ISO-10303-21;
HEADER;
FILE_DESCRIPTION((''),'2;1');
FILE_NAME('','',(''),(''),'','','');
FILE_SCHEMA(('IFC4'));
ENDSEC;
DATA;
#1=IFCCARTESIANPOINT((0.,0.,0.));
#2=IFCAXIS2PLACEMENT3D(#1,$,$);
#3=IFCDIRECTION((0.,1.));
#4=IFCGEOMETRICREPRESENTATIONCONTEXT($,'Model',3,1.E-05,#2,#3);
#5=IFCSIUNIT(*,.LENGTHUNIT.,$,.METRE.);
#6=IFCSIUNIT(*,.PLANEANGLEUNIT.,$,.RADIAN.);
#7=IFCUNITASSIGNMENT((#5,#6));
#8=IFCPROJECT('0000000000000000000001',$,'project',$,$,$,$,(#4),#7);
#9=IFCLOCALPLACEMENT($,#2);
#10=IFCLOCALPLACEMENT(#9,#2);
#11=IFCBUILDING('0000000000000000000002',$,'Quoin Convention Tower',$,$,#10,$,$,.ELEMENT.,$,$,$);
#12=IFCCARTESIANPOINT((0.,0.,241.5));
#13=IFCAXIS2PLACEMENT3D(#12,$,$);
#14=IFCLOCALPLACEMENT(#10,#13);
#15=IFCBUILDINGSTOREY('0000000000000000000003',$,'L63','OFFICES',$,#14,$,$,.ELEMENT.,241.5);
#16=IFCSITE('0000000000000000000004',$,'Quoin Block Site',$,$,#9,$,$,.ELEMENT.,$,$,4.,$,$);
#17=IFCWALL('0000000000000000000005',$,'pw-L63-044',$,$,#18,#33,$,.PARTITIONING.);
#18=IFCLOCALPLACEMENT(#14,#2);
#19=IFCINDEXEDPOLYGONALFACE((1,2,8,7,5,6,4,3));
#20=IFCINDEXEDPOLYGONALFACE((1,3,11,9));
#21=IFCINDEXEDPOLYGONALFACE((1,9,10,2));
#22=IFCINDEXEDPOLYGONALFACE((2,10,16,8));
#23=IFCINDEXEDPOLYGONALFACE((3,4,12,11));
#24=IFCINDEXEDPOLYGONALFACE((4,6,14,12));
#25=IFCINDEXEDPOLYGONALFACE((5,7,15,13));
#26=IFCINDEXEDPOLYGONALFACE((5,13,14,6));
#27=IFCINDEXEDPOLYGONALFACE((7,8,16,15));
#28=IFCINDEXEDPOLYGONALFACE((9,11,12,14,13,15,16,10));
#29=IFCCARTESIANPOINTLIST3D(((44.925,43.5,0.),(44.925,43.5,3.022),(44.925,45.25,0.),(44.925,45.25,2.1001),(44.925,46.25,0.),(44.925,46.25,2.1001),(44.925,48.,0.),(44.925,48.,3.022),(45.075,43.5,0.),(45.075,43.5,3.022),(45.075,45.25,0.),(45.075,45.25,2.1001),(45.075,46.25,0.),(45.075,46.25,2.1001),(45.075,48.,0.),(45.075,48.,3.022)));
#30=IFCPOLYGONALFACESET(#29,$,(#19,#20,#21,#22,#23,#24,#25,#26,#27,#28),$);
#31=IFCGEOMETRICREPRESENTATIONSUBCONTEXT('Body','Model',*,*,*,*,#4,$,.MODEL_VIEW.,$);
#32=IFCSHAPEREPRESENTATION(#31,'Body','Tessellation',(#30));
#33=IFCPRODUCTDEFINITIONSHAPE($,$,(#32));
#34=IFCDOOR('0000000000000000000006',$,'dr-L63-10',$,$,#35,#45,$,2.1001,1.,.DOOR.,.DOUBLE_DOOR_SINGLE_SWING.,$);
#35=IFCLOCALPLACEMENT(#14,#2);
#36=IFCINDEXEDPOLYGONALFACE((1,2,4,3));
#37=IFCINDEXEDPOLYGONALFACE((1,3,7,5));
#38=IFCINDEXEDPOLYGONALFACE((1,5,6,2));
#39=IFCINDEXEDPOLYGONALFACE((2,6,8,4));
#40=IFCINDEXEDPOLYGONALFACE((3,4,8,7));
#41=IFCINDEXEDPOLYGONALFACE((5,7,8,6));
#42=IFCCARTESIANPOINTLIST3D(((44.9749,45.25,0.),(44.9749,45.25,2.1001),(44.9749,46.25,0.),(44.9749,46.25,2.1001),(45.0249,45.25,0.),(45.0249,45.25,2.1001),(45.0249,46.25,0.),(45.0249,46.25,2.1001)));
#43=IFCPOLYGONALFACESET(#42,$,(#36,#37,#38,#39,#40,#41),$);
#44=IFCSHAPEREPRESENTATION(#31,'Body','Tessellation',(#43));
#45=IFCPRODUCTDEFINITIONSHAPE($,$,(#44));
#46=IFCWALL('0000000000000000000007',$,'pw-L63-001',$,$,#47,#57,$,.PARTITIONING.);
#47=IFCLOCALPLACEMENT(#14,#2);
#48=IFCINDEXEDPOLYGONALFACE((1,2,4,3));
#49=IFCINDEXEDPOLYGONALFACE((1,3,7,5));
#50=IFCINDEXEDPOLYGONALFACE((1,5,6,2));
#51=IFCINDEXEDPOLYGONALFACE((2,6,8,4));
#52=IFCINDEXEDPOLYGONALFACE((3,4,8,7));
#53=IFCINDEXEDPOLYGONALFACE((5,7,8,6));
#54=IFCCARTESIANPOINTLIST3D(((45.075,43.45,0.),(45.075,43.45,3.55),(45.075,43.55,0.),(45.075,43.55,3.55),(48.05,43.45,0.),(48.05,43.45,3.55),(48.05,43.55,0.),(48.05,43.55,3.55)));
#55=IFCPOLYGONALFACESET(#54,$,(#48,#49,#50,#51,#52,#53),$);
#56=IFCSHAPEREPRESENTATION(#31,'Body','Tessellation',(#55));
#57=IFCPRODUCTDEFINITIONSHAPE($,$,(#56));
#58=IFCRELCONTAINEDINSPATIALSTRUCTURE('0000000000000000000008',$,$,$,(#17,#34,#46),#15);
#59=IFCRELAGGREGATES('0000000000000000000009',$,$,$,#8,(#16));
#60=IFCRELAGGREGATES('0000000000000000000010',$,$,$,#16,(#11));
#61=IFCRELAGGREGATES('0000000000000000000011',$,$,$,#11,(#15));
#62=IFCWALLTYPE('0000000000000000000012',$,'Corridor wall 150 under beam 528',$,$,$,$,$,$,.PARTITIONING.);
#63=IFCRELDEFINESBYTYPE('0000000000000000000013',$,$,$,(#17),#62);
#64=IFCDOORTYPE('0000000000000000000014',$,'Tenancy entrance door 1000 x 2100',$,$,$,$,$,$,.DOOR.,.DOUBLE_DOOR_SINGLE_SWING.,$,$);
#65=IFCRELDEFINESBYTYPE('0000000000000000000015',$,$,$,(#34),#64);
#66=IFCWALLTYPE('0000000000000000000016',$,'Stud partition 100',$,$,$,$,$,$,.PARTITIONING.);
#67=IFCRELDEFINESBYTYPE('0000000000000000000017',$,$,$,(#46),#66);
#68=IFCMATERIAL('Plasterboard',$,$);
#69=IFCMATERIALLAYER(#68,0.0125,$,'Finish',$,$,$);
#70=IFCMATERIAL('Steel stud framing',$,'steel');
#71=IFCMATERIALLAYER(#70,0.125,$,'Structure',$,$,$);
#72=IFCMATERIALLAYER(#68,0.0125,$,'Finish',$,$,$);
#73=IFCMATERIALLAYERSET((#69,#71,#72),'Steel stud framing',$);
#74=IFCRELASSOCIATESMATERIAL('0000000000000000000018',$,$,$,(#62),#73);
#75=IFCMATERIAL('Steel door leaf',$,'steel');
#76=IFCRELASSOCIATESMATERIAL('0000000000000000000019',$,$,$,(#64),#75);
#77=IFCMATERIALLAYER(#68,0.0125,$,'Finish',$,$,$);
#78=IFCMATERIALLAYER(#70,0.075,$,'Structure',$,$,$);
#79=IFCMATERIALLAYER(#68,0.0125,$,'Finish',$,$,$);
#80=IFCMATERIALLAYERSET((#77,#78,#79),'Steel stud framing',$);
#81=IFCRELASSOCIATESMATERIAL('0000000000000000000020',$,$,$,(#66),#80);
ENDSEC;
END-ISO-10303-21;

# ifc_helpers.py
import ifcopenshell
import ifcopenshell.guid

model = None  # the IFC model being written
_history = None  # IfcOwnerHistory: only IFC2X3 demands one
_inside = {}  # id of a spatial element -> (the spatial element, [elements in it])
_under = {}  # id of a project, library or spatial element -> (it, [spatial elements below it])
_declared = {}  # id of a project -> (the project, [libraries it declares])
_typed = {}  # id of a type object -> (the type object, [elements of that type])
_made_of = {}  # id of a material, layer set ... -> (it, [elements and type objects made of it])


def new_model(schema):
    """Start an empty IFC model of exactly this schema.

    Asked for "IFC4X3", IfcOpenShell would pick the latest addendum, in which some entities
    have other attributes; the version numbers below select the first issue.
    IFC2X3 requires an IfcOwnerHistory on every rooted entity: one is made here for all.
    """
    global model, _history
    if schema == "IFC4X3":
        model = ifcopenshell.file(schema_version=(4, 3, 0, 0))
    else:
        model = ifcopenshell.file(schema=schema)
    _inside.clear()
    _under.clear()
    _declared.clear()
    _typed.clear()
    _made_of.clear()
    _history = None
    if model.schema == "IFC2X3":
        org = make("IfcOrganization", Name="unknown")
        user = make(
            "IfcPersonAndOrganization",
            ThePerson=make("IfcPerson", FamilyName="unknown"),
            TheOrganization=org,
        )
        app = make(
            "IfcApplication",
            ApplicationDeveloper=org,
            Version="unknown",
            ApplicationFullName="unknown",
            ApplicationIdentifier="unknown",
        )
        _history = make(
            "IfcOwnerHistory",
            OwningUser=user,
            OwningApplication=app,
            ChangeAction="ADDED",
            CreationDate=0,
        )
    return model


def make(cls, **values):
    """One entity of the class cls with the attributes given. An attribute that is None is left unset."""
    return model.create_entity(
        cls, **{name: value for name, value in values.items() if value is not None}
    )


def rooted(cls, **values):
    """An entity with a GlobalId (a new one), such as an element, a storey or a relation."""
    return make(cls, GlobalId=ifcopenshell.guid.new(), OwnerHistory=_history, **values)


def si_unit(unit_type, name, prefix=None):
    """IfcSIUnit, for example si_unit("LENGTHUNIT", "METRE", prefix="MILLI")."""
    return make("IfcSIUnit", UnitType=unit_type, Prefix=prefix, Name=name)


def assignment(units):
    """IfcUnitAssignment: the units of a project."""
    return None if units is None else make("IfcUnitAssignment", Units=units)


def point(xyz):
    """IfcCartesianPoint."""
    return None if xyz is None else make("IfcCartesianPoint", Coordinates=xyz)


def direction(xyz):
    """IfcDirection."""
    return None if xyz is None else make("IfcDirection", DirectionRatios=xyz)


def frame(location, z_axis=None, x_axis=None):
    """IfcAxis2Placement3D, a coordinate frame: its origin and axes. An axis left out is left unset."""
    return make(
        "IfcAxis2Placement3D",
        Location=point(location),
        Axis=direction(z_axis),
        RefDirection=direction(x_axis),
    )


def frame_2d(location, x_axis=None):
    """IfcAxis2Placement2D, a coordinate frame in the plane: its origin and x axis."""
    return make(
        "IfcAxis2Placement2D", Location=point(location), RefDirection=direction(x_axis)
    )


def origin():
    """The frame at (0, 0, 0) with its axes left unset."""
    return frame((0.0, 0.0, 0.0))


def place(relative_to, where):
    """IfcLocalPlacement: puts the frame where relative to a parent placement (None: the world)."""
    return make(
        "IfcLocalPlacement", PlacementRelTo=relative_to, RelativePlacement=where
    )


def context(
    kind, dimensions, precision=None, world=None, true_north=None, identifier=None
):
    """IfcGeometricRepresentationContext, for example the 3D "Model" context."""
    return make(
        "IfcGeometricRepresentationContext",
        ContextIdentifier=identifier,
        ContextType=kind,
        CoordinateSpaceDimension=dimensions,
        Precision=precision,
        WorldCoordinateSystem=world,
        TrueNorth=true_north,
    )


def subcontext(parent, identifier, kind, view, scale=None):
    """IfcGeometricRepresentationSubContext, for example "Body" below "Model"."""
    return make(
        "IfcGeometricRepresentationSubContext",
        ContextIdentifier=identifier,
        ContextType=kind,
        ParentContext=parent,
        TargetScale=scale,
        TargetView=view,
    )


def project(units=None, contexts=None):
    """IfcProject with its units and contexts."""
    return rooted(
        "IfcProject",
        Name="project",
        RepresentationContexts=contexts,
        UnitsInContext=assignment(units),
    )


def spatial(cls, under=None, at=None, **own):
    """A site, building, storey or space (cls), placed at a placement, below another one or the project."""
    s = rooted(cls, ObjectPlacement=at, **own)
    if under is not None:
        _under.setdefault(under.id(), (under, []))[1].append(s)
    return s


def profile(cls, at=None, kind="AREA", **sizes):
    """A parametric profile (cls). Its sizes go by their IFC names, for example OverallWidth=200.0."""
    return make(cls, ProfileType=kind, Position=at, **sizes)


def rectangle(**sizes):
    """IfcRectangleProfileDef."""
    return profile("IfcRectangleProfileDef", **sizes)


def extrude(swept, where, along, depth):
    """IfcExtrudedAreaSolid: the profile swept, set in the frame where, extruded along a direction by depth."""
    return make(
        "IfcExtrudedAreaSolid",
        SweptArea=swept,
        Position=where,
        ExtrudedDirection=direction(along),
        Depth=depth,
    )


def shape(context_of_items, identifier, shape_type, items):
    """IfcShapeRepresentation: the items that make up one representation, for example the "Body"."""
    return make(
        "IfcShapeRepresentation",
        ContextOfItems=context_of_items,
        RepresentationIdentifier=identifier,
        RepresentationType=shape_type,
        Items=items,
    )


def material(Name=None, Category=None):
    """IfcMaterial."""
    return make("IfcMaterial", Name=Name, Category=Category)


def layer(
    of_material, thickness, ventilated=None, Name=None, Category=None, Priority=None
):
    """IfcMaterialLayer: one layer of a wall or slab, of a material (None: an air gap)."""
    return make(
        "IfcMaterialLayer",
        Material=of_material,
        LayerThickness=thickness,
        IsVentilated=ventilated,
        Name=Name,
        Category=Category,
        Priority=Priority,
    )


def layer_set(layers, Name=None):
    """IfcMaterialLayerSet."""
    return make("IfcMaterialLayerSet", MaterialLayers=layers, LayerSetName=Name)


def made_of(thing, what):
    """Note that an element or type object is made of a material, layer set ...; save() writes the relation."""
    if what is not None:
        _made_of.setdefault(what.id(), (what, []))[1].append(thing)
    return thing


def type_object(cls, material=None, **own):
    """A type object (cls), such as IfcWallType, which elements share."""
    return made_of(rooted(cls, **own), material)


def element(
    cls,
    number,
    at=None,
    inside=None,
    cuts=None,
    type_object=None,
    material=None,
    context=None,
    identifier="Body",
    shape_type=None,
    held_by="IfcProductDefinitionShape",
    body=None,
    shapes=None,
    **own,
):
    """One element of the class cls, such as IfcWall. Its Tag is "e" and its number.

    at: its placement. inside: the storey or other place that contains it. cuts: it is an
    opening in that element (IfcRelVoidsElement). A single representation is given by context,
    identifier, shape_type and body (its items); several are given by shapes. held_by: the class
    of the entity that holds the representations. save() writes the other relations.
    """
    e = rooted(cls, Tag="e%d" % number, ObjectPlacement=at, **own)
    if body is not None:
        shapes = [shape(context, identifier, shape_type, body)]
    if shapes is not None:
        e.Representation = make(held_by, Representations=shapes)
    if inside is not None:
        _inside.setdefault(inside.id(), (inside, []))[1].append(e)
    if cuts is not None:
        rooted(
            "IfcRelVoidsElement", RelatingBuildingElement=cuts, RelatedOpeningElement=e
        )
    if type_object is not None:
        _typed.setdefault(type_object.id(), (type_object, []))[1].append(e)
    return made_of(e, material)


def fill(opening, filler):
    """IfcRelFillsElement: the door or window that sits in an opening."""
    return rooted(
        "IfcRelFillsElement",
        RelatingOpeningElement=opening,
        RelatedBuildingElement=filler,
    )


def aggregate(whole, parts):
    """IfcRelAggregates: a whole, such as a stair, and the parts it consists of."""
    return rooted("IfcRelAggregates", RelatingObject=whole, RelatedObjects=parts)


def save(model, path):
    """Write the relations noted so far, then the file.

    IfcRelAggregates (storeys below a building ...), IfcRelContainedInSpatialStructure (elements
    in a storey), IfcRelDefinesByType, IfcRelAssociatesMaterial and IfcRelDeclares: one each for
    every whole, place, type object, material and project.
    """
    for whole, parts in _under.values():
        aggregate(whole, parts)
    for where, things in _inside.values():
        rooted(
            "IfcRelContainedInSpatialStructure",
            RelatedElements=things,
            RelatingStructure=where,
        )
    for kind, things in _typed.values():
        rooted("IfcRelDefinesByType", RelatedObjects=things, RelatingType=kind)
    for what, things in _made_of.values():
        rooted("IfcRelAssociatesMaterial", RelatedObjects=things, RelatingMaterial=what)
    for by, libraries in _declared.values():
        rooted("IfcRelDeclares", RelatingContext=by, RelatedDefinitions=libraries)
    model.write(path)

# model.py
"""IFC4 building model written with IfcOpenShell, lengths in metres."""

from ifc_helpers import new_model, si_unit, direction, frame, frame_2d, origin, place, context, subcontext, project, spatial, rectangle, extrude, material, layer, layer_set, type_object, element, fill, save


model = new_model("IFC4")

# Units and contexts
model_context = context("Model", 3, precision=1e-05, world=origin(), true_north=direction((0.0, 1.0)))
body_context = subcontext(model_context, "Body", "Model", "MODEL_VIEW")
ifc_project = project(units=[si_unit("LENGTHUNIT", "METRE"), si_unit("PLANEANGLEUNIT", "RADIAN")], contexts=[model_context])

# Site, building, storey
site_placement = place(None, origin())
site = spatial("IfcSite", under=ifc_project, at=site_placement, Name="Quoin Block Site", CompositionType="ELEMENT", RefElevation=4.0)
building_placement = place(site_placement, origin())
building = spatial("IfcBuilding", under=site, at=building_placement, Name="Quoin Convention Tower", CompositionType="ELEMENT")
storey_placement = place(building_placement, frame((0.0, 0.0, 241.5)))
storey = spatial("IfcBuildingStorey", under=building, at=storey_placement, Name="L63", Description="OFFICES", CompositionType="ELEMENT", Elevation=241.5)

# Shared definitions
ifc_material_1 = material(Name="Plasterboard")
ifc_material_2 = material(Name="Steel stud framing", Category="steel")
ifc_layer_1 = layer(ifc_material_1, 0.0125, Name="Finish")
ifc_layer_2 = layer(ifc_material_2, 0.125, Name="Structure")
ifc_layer_3 = layer(ifc_material_1, 0.0125, Name="Finish")
ifc_layer_set_1 = layer_set([ifc_layer_1, ifc_layer_2, ifc_layer_3], Name="Steel stud framing")
wall_type_1 = type_object("IfcWallType", Name="Corridor wall 150 under beam 528", PredefinedType="PARTITIONING", material=ifc_layer_set_1)

# Wall, opening, door
wall_1_placement = place(storey_placement, frame((45.0, 43.5, 0.0), z_axis=(0.0, 0.0, 1.0), x_axis=(0.0, 1.0, 0.0)))
wall_1 = element("IfcWall", 1, at=wall_1_placement, inside=storey, type_object=wall_type_1, Name="pw-L63-044", PredefinedType="PARTITIONING", context=body_context, shape_type="SweptSolid", body=[
    extrude(rectangle(XDim=4.5, YDim=0.1499, at=frame_2d((2.25, 0.0))), origin(), (0.0, 0.0, 1.0), 3.022),
])
opening_placement = place(wall_1_placement, frame((1.75, 0.0, 0.0)))
opening = element("IfcOpeningElement", 2, at=opening_placement, cuts=wall_1, PredefinedType="OPENING", context=body_context, shape_type="SweptSolid", body=[
    extrude(rectangle(XDim=1.0, YDim=2.1001, at=frame_2d((0.5, 1.05))), frame((0.0, 0.085, 0.0), z_axis=(0.0, -1.0, 0.0), x_axis=(1.0, 0.0, 0.0)), (0.0, 0.0, 1.0), 0.1699),
])
ifc_material_3 = material(Name="Steel door leaf", Category="steel")
door_type = type_object("IfcDoorType", Name="Tenancy entrance door 1000 x 2100", OperationType="DOUBLE_DOOR_SINGLE_SWING", PredefinedType="DOOR", material=ifc_material_3)
door_placement = place(opening_placement, frame((1.0, 0.0, 0.0), z_axis=(0.0, 0.0, 1.0), x_axis=(-1.0, 0.0, 0.0)))
door = element("IfcDoor", 3, at=door_placement, inside=storey, type_object=door_type, Name="dr-L63-10", OperationType="DOUBLE_DOOR_SINGLE_SWING", OverallHeight=2.1001, OverallWidth=1.0, PredefinedType="DOOR", context=body_context, shape_type="SweptSolid", body=[
    extrude(rectangle(XDim=1.0, YDim=2.1001, at=frame_2d((0.5, 1.05))), frame((0.0, 0.0249, 0.0), z_axis=(0.0, -1.0, 0.0), x_axis=(1.0, 0.0, 0.0)), (0.0, 0.0, 1.0), 0.05),
])
fill(opening, door)

# Wall
ifc_layer_4 = layer(ifc_material_1, 0.0125, Name="Finish")
ifc_layer_5 = layer(ifc_material_2, 0.075, Name="Structure")
ifc_layer_6 = layer(ifc_material_1, 0.0125, Name="Finish")
ifc_layer_set_2 = layer_set([ifc_layer_4, ifc_layer_5, ifc_layer_6], Name="Steel stud framing")
wall_type_2 = type_object("IfcWallType", Name="Stud partition 100", PredefinedType="PARTITIONING", material=ifc_layer_set_2)
wall_2_placement = place(storey_placement, frame((45.075, 43.5, 0.0), z_axis=(0.0, 0.0, 1.0), x_axis=(1.0, 0.0, 0.0)))
element("IfcWall", 4, at=wall_2_placement, inside=storey, type_object=wall_type_2, Name="pw-L63-001", PredefinedType="PARTITIONING", context=body_context, shape_type="SweptSolid", body=[
    extrude(rectangle(XDim=2.9751, YDim=0.1001, at=frame_2d((1.4875, 0.0))), origin(), (0.0, 0.0, 1.0), 3.55),
])

save(model, "model.ifc")
